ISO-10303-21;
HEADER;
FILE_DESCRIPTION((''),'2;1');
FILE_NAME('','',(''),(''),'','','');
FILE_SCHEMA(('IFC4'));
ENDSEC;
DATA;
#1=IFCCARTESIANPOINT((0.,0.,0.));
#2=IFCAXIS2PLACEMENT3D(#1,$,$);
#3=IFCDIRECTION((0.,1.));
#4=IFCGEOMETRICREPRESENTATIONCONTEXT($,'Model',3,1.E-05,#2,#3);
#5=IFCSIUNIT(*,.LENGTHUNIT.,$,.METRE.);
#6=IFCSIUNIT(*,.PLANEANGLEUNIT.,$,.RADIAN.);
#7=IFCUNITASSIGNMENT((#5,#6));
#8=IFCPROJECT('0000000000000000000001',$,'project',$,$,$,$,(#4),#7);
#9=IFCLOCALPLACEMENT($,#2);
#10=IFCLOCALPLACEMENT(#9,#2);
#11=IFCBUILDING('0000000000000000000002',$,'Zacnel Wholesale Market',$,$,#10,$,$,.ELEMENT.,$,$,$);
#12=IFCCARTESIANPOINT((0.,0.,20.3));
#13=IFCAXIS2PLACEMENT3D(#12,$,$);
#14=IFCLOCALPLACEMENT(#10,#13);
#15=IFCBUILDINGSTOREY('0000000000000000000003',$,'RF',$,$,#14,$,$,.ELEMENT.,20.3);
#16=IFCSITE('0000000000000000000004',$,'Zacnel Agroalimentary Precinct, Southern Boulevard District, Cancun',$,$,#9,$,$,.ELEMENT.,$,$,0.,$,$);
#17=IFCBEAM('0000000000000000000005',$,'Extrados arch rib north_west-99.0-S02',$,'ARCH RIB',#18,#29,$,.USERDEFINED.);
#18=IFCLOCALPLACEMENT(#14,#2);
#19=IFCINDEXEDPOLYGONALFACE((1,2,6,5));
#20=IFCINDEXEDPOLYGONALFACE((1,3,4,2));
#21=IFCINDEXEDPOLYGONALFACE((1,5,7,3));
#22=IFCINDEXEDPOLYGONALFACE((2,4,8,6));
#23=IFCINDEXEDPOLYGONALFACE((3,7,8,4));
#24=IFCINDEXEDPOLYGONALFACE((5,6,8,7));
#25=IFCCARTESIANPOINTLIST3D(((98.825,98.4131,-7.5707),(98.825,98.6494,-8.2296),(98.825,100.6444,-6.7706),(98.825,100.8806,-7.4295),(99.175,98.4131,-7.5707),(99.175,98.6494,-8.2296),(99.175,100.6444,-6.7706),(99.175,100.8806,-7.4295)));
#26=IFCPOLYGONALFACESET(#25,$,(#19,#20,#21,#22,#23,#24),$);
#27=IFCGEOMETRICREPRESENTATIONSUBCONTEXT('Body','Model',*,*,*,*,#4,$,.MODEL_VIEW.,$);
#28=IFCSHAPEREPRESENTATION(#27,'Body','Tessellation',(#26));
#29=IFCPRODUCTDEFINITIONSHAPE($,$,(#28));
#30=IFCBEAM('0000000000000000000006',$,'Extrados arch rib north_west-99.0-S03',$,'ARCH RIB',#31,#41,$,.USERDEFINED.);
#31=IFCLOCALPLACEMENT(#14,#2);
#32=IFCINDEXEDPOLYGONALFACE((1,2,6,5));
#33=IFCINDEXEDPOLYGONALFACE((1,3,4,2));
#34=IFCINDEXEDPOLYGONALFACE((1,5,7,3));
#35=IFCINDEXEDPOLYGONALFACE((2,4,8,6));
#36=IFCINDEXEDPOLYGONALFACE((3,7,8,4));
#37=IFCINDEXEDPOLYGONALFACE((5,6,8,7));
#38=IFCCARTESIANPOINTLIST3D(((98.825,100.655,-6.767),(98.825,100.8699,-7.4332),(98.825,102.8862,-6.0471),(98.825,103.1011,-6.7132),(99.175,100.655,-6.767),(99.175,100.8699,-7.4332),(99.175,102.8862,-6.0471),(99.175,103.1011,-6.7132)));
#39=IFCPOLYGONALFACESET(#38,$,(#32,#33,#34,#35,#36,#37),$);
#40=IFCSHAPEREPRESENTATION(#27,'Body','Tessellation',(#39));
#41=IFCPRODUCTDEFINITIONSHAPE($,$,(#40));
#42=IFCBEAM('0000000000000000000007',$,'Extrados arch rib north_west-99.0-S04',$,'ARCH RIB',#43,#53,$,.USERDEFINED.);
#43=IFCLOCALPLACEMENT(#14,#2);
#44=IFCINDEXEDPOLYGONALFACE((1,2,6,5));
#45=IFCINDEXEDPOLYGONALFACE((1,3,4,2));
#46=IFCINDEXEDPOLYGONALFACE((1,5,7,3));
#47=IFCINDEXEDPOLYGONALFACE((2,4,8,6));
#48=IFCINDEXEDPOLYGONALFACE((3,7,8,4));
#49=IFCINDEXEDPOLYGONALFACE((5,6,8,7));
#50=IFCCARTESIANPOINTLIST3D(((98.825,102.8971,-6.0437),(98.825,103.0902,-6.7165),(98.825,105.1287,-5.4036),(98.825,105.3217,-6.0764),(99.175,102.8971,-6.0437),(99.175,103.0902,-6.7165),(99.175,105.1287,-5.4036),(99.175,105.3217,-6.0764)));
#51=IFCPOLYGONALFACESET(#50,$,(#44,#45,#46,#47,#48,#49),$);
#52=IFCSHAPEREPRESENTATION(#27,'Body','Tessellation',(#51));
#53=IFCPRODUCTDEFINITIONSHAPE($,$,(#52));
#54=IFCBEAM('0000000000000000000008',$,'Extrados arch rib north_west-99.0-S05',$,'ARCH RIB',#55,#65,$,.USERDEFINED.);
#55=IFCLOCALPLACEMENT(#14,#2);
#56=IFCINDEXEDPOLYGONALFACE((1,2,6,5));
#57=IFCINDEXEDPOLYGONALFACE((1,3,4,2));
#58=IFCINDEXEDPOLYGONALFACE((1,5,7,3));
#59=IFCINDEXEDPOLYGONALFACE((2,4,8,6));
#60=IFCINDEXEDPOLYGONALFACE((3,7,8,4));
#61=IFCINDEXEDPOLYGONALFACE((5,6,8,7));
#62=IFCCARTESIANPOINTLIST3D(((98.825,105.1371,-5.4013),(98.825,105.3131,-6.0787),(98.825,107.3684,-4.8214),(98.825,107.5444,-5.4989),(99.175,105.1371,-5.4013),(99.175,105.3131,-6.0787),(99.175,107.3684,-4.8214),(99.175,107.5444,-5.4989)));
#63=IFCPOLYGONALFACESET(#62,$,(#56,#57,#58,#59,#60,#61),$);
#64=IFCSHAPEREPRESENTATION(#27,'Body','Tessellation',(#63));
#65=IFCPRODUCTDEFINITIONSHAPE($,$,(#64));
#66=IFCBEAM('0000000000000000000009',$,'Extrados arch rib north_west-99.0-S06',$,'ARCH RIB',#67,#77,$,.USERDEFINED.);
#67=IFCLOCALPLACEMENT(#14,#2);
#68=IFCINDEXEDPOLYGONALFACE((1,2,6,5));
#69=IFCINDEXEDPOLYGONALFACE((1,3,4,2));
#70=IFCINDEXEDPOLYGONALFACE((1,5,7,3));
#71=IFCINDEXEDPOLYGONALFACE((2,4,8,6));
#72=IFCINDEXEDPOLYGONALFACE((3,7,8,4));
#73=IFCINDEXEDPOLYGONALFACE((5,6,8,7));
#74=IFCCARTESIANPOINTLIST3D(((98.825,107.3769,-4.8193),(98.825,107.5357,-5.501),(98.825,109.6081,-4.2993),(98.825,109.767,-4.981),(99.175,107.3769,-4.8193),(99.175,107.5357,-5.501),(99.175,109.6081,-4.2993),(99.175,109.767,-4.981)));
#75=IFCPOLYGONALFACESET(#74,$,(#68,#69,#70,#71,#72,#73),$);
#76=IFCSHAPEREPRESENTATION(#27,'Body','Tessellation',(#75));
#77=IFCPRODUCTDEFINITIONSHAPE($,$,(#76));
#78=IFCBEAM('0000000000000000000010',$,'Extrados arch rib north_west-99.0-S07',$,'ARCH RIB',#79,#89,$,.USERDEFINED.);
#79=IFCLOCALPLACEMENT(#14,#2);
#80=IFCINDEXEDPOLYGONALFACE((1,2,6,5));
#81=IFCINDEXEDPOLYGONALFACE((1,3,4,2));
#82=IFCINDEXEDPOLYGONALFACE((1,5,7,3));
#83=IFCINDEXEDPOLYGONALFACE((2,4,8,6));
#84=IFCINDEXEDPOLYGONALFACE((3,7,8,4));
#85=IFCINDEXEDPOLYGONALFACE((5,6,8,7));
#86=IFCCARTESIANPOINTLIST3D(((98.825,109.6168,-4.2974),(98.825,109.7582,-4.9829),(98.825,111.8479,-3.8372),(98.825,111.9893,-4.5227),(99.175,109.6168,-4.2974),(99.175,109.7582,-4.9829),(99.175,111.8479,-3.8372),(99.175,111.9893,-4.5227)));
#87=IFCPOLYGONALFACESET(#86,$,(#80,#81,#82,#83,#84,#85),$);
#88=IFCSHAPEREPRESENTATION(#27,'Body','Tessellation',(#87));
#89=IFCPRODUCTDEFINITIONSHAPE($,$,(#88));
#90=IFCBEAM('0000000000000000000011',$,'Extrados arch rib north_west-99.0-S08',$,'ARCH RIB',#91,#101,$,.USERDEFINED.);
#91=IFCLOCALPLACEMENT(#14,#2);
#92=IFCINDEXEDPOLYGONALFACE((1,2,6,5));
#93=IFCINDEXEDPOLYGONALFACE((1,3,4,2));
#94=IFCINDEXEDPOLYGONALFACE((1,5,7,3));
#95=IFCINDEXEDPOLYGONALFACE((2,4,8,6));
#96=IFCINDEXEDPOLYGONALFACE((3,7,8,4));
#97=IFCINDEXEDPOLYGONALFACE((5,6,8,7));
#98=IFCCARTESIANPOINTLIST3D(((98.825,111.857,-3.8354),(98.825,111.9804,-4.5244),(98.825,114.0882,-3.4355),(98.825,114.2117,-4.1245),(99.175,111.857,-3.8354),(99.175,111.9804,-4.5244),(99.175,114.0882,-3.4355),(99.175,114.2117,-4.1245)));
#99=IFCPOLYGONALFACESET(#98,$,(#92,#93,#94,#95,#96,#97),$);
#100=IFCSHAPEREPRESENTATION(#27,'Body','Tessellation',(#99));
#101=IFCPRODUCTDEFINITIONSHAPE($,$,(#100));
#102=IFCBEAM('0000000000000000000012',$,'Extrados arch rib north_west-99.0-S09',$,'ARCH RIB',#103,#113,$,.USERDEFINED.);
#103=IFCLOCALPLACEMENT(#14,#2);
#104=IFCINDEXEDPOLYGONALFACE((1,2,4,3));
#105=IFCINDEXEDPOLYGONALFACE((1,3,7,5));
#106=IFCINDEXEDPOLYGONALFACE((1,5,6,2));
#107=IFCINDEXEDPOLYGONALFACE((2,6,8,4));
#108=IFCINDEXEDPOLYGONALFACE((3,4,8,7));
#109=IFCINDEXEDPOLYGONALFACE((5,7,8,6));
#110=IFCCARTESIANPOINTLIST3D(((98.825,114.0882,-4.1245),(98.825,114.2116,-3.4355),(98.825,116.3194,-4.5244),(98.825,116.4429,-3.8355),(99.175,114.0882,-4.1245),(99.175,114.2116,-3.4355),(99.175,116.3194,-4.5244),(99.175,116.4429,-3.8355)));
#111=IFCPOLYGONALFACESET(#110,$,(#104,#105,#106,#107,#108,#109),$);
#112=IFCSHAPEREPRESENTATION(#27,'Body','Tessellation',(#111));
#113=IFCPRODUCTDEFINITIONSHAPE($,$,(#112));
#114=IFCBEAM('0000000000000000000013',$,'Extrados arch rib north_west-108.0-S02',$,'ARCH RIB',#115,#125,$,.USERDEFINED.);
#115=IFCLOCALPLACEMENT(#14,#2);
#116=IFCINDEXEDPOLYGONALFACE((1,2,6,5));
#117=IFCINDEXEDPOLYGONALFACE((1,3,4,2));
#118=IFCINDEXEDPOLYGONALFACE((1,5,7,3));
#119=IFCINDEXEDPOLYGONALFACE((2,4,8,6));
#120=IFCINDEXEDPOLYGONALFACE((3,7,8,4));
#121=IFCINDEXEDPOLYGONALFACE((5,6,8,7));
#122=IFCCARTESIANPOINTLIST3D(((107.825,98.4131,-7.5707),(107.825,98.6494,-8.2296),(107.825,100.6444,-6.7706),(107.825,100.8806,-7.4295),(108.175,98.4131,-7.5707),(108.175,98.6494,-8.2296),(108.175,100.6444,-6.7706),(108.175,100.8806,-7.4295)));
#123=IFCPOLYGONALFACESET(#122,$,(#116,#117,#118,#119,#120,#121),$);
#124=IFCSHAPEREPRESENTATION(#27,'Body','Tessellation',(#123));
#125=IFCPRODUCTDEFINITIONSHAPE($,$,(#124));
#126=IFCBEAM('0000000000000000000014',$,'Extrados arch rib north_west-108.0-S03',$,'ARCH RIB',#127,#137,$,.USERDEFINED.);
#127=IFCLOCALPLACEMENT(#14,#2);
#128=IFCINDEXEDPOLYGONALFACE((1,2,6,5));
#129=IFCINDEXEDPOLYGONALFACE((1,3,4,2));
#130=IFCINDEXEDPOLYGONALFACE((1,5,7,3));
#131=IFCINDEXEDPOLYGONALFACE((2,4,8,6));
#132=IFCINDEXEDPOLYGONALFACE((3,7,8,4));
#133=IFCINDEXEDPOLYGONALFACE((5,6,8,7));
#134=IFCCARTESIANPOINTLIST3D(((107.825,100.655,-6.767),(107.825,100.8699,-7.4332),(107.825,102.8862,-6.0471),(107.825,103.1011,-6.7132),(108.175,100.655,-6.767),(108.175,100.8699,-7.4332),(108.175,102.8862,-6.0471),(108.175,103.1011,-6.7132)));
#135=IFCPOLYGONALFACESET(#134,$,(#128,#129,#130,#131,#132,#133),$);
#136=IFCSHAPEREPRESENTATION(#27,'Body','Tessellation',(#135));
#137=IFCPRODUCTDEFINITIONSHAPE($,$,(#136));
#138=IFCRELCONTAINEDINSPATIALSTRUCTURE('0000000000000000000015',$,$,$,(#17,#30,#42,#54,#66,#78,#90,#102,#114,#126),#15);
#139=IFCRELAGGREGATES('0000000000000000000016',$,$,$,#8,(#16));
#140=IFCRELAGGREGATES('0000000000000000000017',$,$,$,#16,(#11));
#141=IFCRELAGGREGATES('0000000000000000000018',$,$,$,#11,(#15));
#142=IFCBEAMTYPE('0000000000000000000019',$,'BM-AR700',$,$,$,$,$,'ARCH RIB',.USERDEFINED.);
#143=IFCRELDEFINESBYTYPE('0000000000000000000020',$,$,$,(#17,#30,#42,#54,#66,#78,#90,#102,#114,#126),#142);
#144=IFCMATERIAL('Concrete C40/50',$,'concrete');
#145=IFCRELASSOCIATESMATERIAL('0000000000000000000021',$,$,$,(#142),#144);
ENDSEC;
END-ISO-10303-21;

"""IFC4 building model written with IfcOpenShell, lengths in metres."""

from ifc_helpers import new_model, si_unit, direction, frame, origin, origin_2d, place, context, subcontext, project, spatial, rectangle, extrude, material, material_profile, profile_set, type_object, element, save


model = new_model("IFC4")

# Units and contexts
model_context = context("Model", 3, precision=1e-05, world=origin(), true_north=direction((0.0, 1.0)))
body_context = subcontext(model_context, "Body", "Model", "MODEL_VIEW")
ifc_project = project(units=[si_unit("LENGTHUNIT", "METRE"), si_unit("PLANEANGLEUNIT", "RADIAN")], contexts=[model_context])

# Site, building, storey
site_placement = place(None, origin())
site = spatial("IfcSite", under=ifc_project, at=site_placement, Name="Zacnel Agroalimentary Precinct, Southern Boulevard District, Cancun", CompositionType="ELEMENT", RefElevation=0.0)
building_placement = place(site_placement, origin())
building = spatial("IfcBuilding", under=site, at=building_placement, Name="Zacnel Wholesale Market", CompositionType="ELEMENT")
storey_placement = place(building_placement, frame((0.0, 0.0, 20.3)))
storey = spatial("IfcBuildingStorey", under=building, at=storey_placement, Name="RF", CompositionType="ELEMENT", Elevation=20.3)

# Beams
ifc_material_1 = material(Name="Concrete C40/50", Category="concrete")
ifc_material_profile_1 = material_profile(ifc_material_1, rectangle(XDim=0.3501, YDim=0.7, at=origin_2d()), Name="ARCH RIB 350x700")
ifc_profile_set_1 = profile_set([ifc_material_profile_1], Name="Concrete C40/50")
beam_type = type_object("IfcBeamType", Name="BM-AR700", ElementType="ARCH RIB", PredefinedType="USERDEFINED", material=ifc_profile_set_1)
beam_1_placement = place(storey_placement, frame((99.0, 98.5312, -7.9001), z_axis=(0.0, 0.941315, 0.33753), x_axis=(-1.0, 0.0, 0.0)))
element("IfcBeam", 1, at=beam_1_placement, inside=storey, type_object=beam_type, Name="Extrados arch rib north_west-99.0-S02", ObjectType="ARCH RIB", PredefinedType="USERDEFINED", context=body_context, shape_type="SweptSolid", body=[
    extrude(rectangle(XDim=0.3501, YDim=0.7, at=origin_2d()), origin(), (0.0, 0.0, 1.0), 2.3704),
])
beam_2_placement = place(storey_placement, frame((99.0, 100.7625, -7.1001), z_axis=(0.0, 0.95168, 0.307091), x_axis=(-1.0, 0.0, 0.0)))
element("IfcBeam", 2, at=beam_2_placement, inside=storey, type_object=beam_type, Name="Extrados arch rib north_west-99.0-S03", ObjectType="ARCH RIB", PredefinedType="USERDEFINED", context=body_context, shape_type="SweptSolid", body=[
    extrude(rectangle(XDim=0.3501, YDim=0.7, at=origin_2d()), origin(), (0.0, 0.0, 1.0), 2.3445),
])
beam_3_placement = place(storey_placement, frame((99.0, 102.9937, -6.3801), z_axis=(0.0, 0.96123, 0.275749), x_axis=(-1.0, 0.0, 0.0)))
element("IfcBeam", 3, at=beam_3_placement, inside=storey, type_object=beam_type, Name="Extrados arch rib north_west-99.0-S04", ObjectType="ARCH RIB", PredefinedType="USERDEFINED", context=body_context, shape_type="SweptSolid", body=[
    extrude(rectangle(XDim=0.3501, YDim=0.7, at=origin_2d()), origin(), (0.0, 0.0, 1.0), 2.3215),
])
beam_4_placement = place(storey_placement, frame((99.0, 105.2251, -5.74), z_axis=(0.0, 0.967852, 0.251521), x_axis=(-1.0, 0.0, 0.0)))
element("IfcBeam", 4, at=beam_4_placement, inside=storey, type_object=beam_type, Name="Extrados arch rib north_west-99.0-S05", ObjectType="ARCH RIB", PredefinedType="USERDEFINED", context=body_context, shape_type="SweptSolid", body=[
    extrude(rectangle(XDim=0.3501, YDim=0.7, at=origin_2d()), origin(), (0.0, 0.0, 1.0), 2.3054),
])
beam_5_placement = place(storey_placement, frame((99.0, 107.4563, -5.1602), z_axis=(0.0, 0.973899, 0.226984), x_axis=(-1.0, 0.0, 0.0)))
element("IfcBeam", 5, at=beam_5_placement, inside=storey, type_object=beam_type, Name="Extrados arch rib north_west-99.0-S06", ObjectType="ARCH RIB", PredefinedType="USERDEFINED", context=body_context, shape_type="SweptSolid", body=[
    extrude(rectangle(XDim=0.3501, YDim=0.7, at=origin_2d()), origin(), (0.0, 0.0, 1.0), 2.291),
])
beam_6_placement = place(storey_placement, frame((99.0, 109.6875, -4.6401), z_axis=(0.0, 0.979384, 0.202007), x_axis=(-1.0, 0.0, 0.0)))
element("IfcBeam", 6, at=beam_6_placement, inside=storey, type_object=beam_type, Name="Extrados arch rib north_west-99.0-S07", ObjectType="ARCH RIB", PredefinedType="USERDEFINED", context=body_context, shape_type="SweptSolid", body=[
    extrude(rectangle(XDim=0.3501, YDim=0.7, at=origin_2d()), origin(), (0.0, 0.0, 1.0), 2.2781),
])
for number, where, z_axis, x_axis, name in (
    (7, (99.0, 111.9187, -4.1799), (0.0, 0.984315, 0.176421), (-1.0, 0.0, 0.0), "Extrados arch rib north_west-99.0-S08"),
    (8, (99.0, 114.1499, -3.78), (0.0, 0.984315, -0.176421), (-1.0, 0.0, 0.0), "Extrados arch rib north_west-99.0-S09"),
):
    element("IfcBeam", number, at=place(storey_placement, frame(where, z_axis=z_axis, x_axis=x_axis)), inside=storey, type_object=beam_type, Name=name, ObjectType="ARCH RIB", PredefinedType="USERDEFINED", context=body_context, shape_type="SweptSolid", body=[
        extrude(rectangle(XDim=0.3501, YDim=0.7, at=origin_2d()), origin(), (0.0, 0.0, 1.0), 2.2668),
    ])
beam_7_placement = place(storey_placement, frame((108.0, 98.5312, -7.9001), z_axis=(0.0, 0.941315, 0.33753), x_axis=(-1.0, 0.0, 0.0)))
element("IfcBeam", 9, at=beam_7_placement, inside=storey, type_object=beam_type, Name="Extrados arch rib north_west-108.0-S02", ObjectType="ARCH RIB", PredefinedType="USERDEFINED", context=body_context, shape_type="SweptSolid", body=[
    extrude(rectangle(XDim=0.3501, YDim=0.7, at=origin_2d()), origin(), (0.0, 0.0, 1.0), 2.3704),
])
beam_8_placement = place(storey_placement, frame((108.0, 100.7625, -7.1001), z_axis=(0.0, 0.95168, 0.307091), x_axis=(-1.0, 0.0, 0.0)))
element("IfcBeam", 10, at=beam_8_placement, inside=storey, type_object=beam_type, Name="Extrados arch rib north_west-108.0-S03", ObjectType="ARCH RIB", PredefinedType="USERDEFINED", context=body_context, shape_type="SweptSolid", body=[
    extrude(rectangle(XDim=0.3501, YDim=0.7, at=origin_2d()), origin(), (0.0, 0.0, 1.0), 2.3445),
])

save(model, "model.ifc")
